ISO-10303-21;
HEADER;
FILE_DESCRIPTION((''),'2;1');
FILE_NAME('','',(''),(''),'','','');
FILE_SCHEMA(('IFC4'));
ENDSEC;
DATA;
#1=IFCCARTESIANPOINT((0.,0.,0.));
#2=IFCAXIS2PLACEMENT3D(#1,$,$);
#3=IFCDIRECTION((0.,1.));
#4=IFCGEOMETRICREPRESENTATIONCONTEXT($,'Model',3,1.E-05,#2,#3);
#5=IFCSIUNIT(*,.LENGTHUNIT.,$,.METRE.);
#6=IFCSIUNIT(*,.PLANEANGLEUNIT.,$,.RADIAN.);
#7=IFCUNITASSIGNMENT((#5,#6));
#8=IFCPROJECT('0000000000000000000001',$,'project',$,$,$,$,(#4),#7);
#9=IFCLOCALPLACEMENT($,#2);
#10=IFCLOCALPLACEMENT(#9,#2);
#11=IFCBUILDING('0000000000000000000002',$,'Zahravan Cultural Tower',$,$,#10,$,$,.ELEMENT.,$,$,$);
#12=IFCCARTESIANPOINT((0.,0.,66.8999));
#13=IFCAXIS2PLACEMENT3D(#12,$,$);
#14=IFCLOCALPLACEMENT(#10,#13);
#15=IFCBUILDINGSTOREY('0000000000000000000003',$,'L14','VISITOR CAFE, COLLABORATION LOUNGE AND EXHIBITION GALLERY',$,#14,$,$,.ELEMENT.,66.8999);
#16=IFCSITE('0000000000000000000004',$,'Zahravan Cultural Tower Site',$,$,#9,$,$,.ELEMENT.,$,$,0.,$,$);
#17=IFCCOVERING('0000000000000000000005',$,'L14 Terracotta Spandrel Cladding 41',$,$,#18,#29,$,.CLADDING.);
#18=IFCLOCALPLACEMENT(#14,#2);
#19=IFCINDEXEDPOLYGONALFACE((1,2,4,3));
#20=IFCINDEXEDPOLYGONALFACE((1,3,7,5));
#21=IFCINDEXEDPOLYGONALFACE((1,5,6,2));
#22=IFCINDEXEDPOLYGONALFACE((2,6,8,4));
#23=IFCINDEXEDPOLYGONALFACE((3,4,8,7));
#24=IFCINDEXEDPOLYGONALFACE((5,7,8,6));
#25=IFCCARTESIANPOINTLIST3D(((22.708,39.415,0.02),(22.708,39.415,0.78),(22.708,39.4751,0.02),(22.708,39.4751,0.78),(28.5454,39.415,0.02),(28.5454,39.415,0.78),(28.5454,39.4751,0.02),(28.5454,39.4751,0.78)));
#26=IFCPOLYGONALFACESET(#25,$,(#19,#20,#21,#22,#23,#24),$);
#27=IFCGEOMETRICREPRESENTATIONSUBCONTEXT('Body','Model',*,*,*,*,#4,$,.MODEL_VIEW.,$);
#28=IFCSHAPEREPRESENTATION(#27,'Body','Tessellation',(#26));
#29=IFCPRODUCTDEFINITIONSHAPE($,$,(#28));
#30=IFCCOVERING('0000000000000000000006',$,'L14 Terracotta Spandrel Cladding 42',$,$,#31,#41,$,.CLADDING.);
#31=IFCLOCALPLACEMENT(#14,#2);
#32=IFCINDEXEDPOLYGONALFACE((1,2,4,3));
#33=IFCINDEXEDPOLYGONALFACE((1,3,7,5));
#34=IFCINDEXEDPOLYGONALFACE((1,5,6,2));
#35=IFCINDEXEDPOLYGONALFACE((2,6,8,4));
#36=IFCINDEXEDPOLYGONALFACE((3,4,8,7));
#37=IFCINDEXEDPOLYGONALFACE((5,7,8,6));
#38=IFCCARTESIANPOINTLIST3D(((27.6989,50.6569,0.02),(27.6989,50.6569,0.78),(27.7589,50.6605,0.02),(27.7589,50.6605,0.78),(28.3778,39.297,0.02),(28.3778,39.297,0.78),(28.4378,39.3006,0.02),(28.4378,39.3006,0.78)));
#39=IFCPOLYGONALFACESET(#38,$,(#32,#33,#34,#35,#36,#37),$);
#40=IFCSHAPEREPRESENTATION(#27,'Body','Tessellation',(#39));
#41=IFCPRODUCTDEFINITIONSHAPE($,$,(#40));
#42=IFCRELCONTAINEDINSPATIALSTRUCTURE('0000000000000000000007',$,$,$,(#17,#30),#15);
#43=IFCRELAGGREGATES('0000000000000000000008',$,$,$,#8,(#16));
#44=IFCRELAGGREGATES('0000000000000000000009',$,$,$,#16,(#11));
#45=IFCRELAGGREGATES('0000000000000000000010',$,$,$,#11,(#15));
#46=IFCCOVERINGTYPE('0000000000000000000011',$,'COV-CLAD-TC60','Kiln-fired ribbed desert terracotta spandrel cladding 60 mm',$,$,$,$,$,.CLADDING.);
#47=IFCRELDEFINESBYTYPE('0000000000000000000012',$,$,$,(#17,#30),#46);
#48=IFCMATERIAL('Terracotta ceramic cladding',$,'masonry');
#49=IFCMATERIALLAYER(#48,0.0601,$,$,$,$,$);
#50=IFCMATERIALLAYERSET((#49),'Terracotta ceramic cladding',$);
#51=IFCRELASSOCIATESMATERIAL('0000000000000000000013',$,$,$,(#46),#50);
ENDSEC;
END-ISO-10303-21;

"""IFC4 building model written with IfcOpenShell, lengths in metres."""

from ifc_helpers import new_model, si_unit, direction, frame, origin, origin_2d, place, context, subcontext, project, spatial, rectangle, extrude, source, transform, mapped, material, layer, layer_set, type_object, element, save


model = new_model("IFC4")

# Units and contexts
model_context = context("Model", 3, precision=1e-05, world=origin(), true_north=direction((0.0, 1.0)))
body_context = subcontext(model_context, "Body", "Model", "MODEL_VIEW")
ifc_project = project(units=[si_unit("LENGTHUNIT", "METRE"), si_unit("PLANEANGLEUNIT", "RADIAN")], contexts=[model_context])

# Site, building, storey
site_placement = place(None, origin())
site = spatial("IfcSite", under=ifc_project, at=site_placement, Name="Zahravan Cultural Tower Site", CompositionType="ELEMENT", RefElevation=0.0)
building_placement = place(site_placement, origin())
building = spatial("IfcBuilding", under=site, at=building_placement, Name="Zahravan Cultural Tower", CompositionType="ELEMENT")
storey_placement = place(building_placement, frame((0.0, 0.0, 66.8999)))
storey = spatial("IfcBuildingStorey", under=building, at=storey_placement, Name="L14", Description="VISITOR CAFE, COLLABORATION LOUNGE AND EXHIBITION GALLERY", CompositionType="ELEMENT", Elevation=66.8999)

# Coverings
ifc_material_1 = material(Name="Terracotta ceramic cladding", Category="masonry")
ifc_layer_1 = layer(ifc_material_1, 0.0601)
ifc_layer_set_1 = layer_set([ifc_layer_1], Name="Terracotta ceramic cladding")
covering_type = type_object("IfcCoveringType", Name="COV-CLAD-TC60", Description="Kiln-fired ribbed desert terracotta spandrel cladding 60 mm", PredefinedType="CLADDING", material=ifc_layer_set_1)
shared_shape_1 = source(origin(), body_context, "Body", "SweptSolid", [
    extrude(rectangle(XDim=5.8374, YDim=0.0601, at=origin_2d()), origin(), (0.0, 0.0, 1.0), 0.76),
])
covering_1_placement = place(storey_placement, frame((25.6267, 39.4451, 0.02), z_axis=(0.0, 0.0, 1.0), x_axis=(1.0, 0.0, 0.0)))
element("IfcCovering", 1, at=covering_1_placement, inside=storey, type_object=covering_type, Name="L14 Terracotta Spandrel Cladding 41", PredefinedType="CLADDING", context=body_context, shape_type="MappedRepresentation", body=[
    mapped(shared_shape_1, transform((0.0, 0.0, 0.0), x_axis=(1.0, 0.0, 0.0), y_axis=(0.0, 1.0, 0.0), z_axis=(0.0, 0.0, 1.0), scale=1.0)),
])
shared_shape_2 = source(origin(), body_context, "Body", "SweptSolid", [
    extrude(rectangle(XDim=11.3801, YDim=0.0601, at=origin_2d()), origin(), (0.0, 0.0, 1.0), 0.76),
])
covering_2_placement = place(storey_placement, frame((28.0684, 44.9788, 0.02), z_axis=(0.0, 0.0, 1.0), x_axis=(-0.059655, 0.998219, 0.0)))
element("IfcCovering", 2, at=covering_2_placement, inside=storey, type_object=covering_type, Name="L14 Terracotta Spandrel Cladding 42", PredefinedType="CLADDING", context=body_context, shape_type="MappedRepresentation", body=[
    mapped(shared_shape_2, transform((0.0, 0.0, 0.0), x_axis=(1.0, 0.0, 0.0), y_axis=(0.0, 1.0, 0.0), z_axis=(0.0, 0.0, 1.0), scale=1.0)),
])

save(model, "model.ifc")
